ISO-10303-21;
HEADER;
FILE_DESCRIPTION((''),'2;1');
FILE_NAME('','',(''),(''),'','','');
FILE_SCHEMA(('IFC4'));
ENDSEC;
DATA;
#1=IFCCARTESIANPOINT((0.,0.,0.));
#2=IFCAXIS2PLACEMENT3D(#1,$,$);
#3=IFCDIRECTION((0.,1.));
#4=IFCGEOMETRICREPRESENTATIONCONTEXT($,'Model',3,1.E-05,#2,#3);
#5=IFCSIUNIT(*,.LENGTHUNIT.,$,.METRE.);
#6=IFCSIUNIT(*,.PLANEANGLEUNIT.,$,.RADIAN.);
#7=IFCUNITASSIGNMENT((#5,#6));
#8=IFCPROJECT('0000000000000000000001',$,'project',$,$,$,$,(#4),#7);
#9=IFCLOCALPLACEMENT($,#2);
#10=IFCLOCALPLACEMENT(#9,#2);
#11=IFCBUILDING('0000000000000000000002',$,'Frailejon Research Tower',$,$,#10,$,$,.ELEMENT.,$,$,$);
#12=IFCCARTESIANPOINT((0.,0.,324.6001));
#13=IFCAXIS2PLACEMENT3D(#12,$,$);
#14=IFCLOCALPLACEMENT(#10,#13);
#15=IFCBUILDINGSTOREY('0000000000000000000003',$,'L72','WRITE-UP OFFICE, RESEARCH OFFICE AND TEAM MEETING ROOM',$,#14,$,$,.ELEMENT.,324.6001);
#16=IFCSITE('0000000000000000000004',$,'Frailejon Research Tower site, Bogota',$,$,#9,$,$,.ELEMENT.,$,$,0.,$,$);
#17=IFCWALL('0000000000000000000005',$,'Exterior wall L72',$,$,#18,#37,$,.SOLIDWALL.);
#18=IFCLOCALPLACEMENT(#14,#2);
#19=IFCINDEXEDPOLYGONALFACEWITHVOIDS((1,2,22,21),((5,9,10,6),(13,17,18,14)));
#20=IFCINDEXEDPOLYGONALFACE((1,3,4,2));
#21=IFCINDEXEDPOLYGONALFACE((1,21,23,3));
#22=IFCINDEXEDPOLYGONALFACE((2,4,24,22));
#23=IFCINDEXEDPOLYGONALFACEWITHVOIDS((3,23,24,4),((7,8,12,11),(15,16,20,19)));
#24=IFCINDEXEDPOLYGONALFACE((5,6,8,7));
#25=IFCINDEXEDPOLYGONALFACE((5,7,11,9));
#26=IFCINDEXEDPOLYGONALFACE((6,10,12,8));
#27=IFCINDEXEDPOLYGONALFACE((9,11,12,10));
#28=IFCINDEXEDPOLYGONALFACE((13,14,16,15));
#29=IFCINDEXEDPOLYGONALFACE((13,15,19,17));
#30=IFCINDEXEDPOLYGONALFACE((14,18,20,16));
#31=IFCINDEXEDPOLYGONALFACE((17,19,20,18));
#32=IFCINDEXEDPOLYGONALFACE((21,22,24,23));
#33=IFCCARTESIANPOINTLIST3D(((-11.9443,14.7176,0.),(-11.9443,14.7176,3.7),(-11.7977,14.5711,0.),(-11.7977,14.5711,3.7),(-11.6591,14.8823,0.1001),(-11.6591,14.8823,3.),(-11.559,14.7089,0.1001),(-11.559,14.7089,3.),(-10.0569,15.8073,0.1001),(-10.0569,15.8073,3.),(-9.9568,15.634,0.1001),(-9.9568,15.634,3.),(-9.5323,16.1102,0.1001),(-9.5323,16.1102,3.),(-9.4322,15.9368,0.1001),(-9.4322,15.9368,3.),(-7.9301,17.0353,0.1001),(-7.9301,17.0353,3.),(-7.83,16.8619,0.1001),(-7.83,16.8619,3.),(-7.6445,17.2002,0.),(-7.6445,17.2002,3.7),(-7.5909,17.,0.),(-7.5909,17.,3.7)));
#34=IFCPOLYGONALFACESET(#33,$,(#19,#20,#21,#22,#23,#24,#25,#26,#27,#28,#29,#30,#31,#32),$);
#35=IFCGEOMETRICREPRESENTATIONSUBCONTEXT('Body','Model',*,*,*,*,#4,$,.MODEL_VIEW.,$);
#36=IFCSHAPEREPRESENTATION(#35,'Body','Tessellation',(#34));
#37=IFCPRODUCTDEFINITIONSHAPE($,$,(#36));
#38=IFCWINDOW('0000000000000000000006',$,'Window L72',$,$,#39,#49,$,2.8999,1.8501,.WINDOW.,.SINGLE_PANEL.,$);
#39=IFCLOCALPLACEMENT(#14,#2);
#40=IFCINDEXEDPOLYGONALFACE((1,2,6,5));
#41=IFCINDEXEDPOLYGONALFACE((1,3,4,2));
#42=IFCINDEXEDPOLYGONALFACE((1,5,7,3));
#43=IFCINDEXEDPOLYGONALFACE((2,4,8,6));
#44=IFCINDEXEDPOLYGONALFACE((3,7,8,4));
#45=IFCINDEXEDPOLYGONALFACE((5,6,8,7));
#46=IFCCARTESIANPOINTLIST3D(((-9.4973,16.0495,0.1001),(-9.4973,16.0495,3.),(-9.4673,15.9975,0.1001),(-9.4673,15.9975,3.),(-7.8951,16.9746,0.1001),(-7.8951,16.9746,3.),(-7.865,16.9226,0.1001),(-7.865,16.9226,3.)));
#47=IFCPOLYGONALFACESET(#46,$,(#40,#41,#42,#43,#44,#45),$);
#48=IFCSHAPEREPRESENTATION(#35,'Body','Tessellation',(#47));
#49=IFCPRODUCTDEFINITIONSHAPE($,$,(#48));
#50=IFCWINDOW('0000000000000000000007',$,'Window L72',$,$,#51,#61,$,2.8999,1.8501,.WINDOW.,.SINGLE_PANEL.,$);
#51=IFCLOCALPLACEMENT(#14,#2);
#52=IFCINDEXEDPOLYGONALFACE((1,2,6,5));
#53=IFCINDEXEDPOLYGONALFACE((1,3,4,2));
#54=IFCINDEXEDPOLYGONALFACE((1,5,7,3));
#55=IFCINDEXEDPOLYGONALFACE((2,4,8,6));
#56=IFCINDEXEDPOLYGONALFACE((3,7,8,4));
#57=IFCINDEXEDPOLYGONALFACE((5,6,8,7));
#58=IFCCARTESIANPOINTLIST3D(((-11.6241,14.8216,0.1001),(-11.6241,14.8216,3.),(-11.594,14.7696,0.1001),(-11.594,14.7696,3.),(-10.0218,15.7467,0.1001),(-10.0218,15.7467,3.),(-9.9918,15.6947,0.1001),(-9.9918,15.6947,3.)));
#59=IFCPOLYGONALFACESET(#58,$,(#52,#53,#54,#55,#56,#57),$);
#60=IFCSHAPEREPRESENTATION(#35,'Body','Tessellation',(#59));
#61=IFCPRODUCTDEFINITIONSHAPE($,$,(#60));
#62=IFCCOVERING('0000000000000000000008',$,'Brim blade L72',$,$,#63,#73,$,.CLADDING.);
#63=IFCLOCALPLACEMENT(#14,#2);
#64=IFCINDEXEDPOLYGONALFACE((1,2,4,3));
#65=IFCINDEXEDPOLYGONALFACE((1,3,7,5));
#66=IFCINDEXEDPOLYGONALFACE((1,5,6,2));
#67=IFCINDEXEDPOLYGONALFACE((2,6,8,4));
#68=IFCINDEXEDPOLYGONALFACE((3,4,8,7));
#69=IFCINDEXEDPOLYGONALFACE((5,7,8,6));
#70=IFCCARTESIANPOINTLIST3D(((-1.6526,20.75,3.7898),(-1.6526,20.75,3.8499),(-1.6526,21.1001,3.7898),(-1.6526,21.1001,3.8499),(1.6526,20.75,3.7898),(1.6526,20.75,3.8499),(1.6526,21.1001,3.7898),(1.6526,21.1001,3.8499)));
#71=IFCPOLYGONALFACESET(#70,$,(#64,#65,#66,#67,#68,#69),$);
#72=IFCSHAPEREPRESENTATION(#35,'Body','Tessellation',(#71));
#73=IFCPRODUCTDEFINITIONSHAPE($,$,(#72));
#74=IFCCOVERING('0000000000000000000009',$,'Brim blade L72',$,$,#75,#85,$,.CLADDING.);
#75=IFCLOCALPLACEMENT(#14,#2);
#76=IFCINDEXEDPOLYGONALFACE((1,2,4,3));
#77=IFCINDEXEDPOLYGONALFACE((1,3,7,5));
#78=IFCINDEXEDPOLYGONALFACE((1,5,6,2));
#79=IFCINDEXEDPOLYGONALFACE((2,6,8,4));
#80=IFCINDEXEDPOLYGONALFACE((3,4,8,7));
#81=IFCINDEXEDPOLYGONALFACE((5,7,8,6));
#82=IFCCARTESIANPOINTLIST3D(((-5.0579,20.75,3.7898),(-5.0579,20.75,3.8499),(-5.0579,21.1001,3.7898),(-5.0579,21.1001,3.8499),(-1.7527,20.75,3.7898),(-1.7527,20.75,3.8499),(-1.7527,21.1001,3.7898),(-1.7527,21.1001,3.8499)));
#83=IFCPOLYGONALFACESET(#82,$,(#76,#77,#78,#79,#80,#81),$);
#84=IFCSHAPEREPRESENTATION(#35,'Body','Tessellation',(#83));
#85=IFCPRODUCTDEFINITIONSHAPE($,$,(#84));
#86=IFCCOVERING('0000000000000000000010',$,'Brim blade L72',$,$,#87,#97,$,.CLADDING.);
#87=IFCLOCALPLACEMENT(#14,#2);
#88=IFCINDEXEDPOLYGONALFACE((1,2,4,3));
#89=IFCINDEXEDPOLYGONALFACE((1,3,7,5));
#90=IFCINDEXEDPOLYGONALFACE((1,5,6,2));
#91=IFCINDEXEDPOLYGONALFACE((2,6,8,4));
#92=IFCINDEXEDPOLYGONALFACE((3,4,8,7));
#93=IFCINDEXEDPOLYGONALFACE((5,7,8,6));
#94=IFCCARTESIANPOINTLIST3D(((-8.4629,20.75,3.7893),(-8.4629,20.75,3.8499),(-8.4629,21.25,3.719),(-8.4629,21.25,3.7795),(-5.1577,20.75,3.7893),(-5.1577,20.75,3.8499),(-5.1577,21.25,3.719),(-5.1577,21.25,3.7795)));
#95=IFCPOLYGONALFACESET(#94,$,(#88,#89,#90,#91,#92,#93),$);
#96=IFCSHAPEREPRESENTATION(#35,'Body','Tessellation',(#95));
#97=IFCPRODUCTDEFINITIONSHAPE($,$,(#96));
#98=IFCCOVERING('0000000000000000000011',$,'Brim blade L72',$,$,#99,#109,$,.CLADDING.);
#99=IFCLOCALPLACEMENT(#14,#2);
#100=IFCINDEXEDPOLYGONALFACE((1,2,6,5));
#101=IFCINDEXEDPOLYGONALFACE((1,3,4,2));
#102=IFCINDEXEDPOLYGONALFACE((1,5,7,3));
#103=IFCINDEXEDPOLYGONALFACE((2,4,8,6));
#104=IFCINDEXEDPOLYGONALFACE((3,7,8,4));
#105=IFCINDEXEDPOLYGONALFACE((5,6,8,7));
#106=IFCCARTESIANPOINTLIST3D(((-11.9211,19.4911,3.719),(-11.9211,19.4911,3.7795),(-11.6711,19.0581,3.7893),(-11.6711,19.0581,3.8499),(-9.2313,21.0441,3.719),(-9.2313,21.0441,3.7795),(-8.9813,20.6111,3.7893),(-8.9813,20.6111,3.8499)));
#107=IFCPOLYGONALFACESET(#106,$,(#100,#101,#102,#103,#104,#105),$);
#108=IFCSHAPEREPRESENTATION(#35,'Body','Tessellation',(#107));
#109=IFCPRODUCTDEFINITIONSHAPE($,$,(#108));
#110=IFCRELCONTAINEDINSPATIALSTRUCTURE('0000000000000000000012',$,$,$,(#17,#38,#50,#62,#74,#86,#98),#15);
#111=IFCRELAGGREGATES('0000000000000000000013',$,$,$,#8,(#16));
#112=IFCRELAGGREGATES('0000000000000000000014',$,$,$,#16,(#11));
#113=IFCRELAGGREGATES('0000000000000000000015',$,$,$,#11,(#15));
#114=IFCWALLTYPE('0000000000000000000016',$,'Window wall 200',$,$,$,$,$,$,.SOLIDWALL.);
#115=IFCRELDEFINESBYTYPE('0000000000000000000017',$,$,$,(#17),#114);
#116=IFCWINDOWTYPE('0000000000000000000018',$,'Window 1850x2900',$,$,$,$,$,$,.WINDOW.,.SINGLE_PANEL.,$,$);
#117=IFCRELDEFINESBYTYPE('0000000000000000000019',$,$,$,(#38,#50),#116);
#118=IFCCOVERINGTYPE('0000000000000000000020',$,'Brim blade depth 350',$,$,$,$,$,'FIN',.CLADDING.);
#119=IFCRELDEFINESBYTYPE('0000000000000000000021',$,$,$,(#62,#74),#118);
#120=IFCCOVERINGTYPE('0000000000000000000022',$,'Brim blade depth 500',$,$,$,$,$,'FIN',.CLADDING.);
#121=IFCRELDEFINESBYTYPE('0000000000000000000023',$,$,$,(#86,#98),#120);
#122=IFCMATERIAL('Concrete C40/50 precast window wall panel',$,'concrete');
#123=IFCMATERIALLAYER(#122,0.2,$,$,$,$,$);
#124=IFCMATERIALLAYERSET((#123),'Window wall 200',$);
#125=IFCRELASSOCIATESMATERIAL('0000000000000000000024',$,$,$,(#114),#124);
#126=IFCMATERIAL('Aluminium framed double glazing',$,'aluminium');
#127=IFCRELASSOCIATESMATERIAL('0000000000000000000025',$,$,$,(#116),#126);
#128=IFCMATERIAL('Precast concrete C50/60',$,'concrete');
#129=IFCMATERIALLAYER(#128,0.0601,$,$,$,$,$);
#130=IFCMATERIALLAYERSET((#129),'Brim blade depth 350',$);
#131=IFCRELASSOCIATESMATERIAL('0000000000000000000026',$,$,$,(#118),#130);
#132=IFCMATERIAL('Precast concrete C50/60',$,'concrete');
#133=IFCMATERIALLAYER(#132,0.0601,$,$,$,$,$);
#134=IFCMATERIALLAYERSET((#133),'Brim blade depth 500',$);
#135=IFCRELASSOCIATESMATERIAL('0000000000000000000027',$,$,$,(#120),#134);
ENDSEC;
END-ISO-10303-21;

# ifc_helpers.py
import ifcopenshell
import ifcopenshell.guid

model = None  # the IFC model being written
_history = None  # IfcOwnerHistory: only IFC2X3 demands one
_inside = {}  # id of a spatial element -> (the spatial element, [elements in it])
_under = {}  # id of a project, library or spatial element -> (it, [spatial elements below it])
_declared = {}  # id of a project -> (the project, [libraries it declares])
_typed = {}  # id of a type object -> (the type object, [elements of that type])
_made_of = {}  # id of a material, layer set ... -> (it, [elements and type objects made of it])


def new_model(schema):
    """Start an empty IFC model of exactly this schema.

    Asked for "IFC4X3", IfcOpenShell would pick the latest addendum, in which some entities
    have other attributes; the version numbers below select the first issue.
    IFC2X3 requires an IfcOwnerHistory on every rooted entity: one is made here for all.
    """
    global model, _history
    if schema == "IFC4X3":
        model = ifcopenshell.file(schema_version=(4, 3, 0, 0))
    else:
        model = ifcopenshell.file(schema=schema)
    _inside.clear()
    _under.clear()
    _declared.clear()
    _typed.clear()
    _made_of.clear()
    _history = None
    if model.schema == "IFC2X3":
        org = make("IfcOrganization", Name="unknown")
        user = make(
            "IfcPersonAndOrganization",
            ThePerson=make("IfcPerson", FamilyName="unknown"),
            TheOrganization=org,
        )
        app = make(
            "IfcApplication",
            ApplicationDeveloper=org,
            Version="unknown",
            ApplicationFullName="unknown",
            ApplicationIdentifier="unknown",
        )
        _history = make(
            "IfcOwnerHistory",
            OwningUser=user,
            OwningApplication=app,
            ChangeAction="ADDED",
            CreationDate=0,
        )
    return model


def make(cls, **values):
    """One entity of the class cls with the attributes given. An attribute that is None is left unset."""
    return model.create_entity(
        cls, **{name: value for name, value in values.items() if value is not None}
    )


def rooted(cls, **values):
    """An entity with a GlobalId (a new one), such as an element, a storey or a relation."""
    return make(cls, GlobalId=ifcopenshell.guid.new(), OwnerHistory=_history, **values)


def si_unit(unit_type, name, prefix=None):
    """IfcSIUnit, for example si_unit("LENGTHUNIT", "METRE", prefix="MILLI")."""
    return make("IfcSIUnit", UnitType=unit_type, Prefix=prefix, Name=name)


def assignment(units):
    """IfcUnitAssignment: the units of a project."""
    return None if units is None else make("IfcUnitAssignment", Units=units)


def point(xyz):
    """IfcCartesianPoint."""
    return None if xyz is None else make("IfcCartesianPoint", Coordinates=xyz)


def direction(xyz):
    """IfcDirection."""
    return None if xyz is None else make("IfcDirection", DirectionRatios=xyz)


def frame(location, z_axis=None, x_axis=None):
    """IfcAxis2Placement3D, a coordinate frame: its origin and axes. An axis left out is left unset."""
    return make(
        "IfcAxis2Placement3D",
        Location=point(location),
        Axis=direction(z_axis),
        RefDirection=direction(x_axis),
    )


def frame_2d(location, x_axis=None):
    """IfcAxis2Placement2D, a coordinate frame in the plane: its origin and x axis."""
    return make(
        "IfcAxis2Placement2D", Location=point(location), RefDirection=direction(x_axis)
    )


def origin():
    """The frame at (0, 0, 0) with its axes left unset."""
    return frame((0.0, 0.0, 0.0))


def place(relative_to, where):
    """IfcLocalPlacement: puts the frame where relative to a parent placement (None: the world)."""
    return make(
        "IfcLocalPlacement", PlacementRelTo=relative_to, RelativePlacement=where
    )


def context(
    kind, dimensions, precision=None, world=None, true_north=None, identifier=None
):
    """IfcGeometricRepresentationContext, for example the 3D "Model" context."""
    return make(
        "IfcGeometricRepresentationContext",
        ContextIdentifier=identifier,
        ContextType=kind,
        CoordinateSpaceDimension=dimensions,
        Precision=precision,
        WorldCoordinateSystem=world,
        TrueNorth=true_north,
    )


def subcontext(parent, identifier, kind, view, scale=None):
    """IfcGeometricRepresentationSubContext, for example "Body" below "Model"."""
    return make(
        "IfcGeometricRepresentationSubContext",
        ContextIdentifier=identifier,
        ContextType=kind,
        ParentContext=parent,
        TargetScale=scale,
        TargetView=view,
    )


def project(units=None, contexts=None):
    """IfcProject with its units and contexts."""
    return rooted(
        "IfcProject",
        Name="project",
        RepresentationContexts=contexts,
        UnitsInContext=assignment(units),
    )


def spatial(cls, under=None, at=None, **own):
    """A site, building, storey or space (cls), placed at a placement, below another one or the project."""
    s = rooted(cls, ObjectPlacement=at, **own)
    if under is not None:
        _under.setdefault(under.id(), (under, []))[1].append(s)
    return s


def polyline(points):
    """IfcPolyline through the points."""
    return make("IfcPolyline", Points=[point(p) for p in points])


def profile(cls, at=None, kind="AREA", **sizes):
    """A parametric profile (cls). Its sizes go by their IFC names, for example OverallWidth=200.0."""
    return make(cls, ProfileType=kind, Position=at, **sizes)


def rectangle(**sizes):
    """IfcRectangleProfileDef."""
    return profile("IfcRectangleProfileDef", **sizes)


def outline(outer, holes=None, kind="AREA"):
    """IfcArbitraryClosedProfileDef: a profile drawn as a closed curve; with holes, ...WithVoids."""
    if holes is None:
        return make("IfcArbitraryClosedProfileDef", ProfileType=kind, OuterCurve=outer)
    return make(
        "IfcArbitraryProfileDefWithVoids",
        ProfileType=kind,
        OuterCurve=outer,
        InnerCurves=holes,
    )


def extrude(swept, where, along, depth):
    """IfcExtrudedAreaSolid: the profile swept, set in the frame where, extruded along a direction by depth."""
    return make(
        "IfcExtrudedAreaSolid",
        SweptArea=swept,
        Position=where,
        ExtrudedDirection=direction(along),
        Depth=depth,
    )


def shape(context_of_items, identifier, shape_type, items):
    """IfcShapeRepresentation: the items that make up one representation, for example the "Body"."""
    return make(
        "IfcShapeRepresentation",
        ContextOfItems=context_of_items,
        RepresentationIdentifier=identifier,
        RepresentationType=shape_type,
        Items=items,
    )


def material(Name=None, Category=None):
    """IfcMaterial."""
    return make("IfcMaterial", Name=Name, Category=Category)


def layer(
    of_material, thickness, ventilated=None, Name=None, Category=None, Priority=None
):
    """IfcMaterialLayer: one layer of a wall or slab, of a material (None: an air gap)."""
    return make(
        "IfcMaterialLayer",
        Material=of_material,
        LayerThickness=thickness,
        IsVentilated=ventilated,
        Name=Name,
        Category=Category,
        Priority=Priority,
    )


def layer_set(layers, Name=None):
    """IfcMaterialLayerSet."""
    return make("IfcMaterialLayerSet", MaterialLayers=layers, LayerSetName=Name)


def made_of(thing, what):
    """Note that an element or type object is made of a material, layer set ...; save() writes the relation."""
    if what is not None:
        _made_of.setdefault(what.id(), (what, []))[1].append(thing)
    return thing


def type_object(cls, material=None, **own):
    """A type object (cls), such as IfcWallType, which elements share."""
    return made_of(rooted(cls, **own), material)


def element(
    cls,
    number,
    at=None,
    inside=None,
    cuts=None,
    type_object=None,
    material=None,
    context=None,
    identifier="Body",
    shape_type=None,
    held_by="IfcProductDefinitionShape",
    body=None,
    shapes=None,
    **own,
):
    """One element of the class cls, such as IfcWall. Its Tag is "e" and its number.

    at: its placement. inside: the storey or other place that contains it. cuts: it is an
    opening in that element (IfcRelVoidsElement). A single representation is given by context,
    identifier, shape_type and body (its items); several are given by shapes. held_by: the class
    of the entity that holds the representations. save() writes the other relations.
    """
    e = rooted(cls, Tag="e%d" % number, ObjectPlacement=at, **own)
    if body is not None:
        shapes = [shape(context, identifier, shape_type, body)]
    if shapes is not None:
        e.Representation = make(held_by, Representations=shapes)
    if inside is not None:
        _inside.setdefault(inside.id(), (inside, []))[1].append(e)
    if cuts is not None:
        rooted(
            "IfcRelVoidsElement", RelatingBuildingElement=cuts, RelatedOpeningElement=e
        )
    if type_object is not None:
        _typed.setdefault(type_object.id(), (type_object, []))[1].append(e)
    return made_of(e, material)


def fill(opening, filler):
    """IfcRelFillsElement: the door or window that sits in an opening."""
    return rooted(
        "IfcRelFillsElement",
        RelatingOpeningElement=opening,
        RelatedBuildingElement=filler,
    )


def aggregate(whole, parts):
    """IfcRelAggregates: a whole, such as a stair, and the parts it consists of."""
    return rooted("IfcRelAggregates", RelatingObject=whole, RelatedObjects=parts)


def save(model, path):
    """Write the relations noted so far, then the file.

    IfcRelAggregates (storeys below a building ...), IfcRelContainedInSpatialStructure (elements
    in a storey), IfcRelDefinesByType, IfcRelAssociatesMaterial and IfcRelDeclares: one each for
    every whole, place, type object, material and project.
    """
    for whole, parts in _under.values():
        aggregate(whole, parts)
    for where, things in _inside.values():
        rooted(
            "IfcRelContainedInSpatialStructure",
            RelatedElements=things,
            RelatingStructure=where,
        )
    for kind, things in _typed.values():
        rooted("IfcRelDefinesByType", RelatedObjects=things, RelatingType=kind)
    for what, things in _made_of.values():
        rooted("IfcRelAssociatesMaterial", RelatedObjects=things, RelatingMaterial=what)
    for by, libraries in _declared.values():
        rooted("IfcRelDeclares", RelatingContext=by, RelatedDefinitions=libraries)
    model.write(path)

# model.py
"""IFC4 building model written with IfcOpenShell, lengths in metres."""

from ifc_helpers import new_model, si_unit, direction, frame, frame_2d, origin, place, context, subcontext, project, spatial, polyline, rectangle, outline, extrude, material, layer, layer_set, type_object, element, fill, save


model = new_model("IFC4")

# Units and contexts
model_context = context("Model", 3, precision=1e-05, world=origin(), true_north=direction((0.0, 1.0)))
body_context = subcontext(model_context, "Body", "Model", "MODEL_VIEW")
ifc_project = project(units=[si_unit("LENGTHUNIT", "METRE"), si_unit("PLANEANGLEUNIT", "RADIAN")], contexts=[model_context])

# Site, building, storey
site_placement = place(None, origin())
site = spatial("IfcSite", under=ifc_project, at=site_placement, Name="Frailejon Research Tower site, Bogota", CompositionType="ELEMENT", RefElevation=0.0)
building_placement = place(site_placement, origin())
building = spatial("IfcBuilding", under=site, at=building_placement, Name="Frailejon Research Tower", CompositionType="ELEMENT")
storey_placement = place(building_placement, frame((0.0, 0.0, 324.6001)))
storey = spatial("IfcBuildingStorey", under=building, at=storey_placement, Name="L72", Description="WRITE-UP OFFICE, RESEARCH OFFICE AND TEAM MEETING ROOM", CompositionType="ELEMENT", Elevation=324.6001)

# Wall, openings, windows
ifc_material_1 = material(Name="Concrete C40/50 precast window wall panel", Category="concrete")
ifc_layer_1 = layer(ifc_material_1, 0.2)
ifc_layer_set_1 = layer_set([ifc_layer_1], Name="Window wall 200")
wall_type = type_object("IfcWallType", Name="Window wall 200", PredefinedType="SOLIDWALL", material=ifc_layer_set_1)
wall_placement = place(storey_placement, frame((-7.6177, 17.1001, 0.0), z_axis=(0.0, 0.0, 1.0), x_axis=(-0.866017, -0.500015, 0.0)))
wall = element("IfcWall", 1, at=wall_placement, inside=storey, type_object=wall_type, Name="Exterior wall L72", PredefinedType="SOLIDWALL", context=body_context, shape_type="SweptSolid", body=[
    extrude(outline(polyline([(-0.0269, -0.1001), (1.2144, -0.1001), (2.4556, -0.1001), (3.697, -0.1001), (4.9382, -0.1001), (4.8845, 0.1001), (3.6702, 0.1001), (2.4556, 0.1001), (1.2412, 0.1001), (0.0269, 0.1001), (-0.0269, -0.1001)])), origin(), (0.0, 0.0, 1.0), 3.7),
])
opening_1_placement = place(wall_placement, frame((0.303, 0.0, 0.1001)))
opening_1 = element("IfcOpeningElement", 2, at=opening_1_placement, cuts=wall, PredefinedType="OPENING", context=body_context, shape_type="SweptSolid", body=[
    extrude(rectangle(XDim=1.8501, YDim=2.8999, at=frame_2d((0.925, 1.45))), frame((0.0, 0.1099, 0.0), z_axis=(0.0, -1.0, 0.0), x_axis=(1.0, 0.0, 0.0)), (0.0, 0.0, 1.0), 0.22),
])
opening_2_placement = place(wall_placement, frame((2.7588, 0.0, 0.1001)))
opening_2 = element("IfcOpeningElement", 3, at=opening_2_placement, cuts=wall, PredefinedType="OPENING", context=body_context, shape_type="SweptSolid", body=[
    extrude(rectangle(XDim=1.8501, YDim=2.8999, at=frame_2d((0.925, 1.45))), frame((0.0, 0.1099, 0.0), z_axis=(0.0, -1.0, 0.0), x_axis=(1.0, 0.0, 0.0)), (0.0, 0.0, 1.0), 0.22),
])
ifc_material_2 = material(Name="Aluminium framed double glazing", Category="aluminium")
window_type = type_object("IfcWindowType", Name="Window 1850x2900", PartitioningType="SINGLE_PANEL", PredefinedType="WINDOW", material=ifc_material_2)
window_1_placement = place(opening_1_placement, origin())
window_1 = element("IfcWindow", 4, at=window_1_placement, inside=storey, type_object=window_type, Name="Window L72", OverallHeight=2.8999, OverallWidth=1.8501, PartitioningType="SINGLE_PANEL", PredefinedType="WINDOW", context=body_context, shape_type="SweptSolid", body=[
    extrude(rectangle(XDim=1.8501, YDim=2.8999, at=frame_2d((0.925, 1.45))), frame((0.0, 0.03, 0.0), z_axis=(0.0, -1.0, 0.0), x_axis=(1.0, 0.0, 0.0)), (0.0, 0.0, 1.0), 0.0601),
])
fill(opening_1, window_1)
window_2_placement = place(opening_2_placement, origin())
window_2 = element("IfcWindow", 5, at=window_2_placement, inside=storey, type_object=window_type, Name="Window L72", OverallHeight=2.8999, OverallWidth=1.8501, PartitioningType="SINGLE_PANEL", PredefinedType="WINDOW", context=body_context, shape_type="SweptSolid", body=[
    extrude(rectangle(XDim=1.8501, YDim=2.8999, at=frame_2d((0.925, 1.45))), frame((0.0, 0.03, 0.0), z_axis=(0.0, -1.0, 0.0), x_axis=(1.0, 0.0, 0.0)), (0.0, 0.0, 1.0), 0.0601),
])
fill(opening_2, window_2)

# Coverings
ifc_material_3 = material(Name="Precast concrete C50/60", Category="concrete")
ifc_layer_2 = layer(ifc_material_3, 0.0601)
ifc_layer_set_2 = layer_set([ifc_layer_2], Name="Brim blade depth 350")
covering_type_1 = type_object("IfcCoveringType", Name="Brim blade depth 350", ElementType="FIN", PredefinedType="CLADDING", material=ifc_layer_set_2)
for number, where, z_axis, x_axis, name in (
    (6, (-1.6526, 20.75, 3.8499), (1.0, 0.0, 0.0), (0.0, 1.0, 0.0), "Brim blade L72"),
    (7, (-5.0579, 20.75, 3.8499), (1.0, 0.0, 0.0), (0.0, 1.0, 0.0), "Brim blade L72"),
):
    element("IfcCovering", number, at=place(storey_placement, frame(where, z_axis=z_axis, x_axis=x_axis)), inside=storey, type_object=covering_type_1, Name=name, PredefinedType="CLADDING", context=body_context, shape_type="SweptSolid", body=[
        extrude(outline(polyline([(0.0, -0.0601), (0.3501, -0.0601), (0.3501, 0.0), (0.0, 0.0), (0.0, -0.0601)])), origin(), (0.0, 0.0, 1.0), 3.3052),
    ])
ifc_material_4 = material(Name="Precast concrete C50/60", Category="concrete")
ifc_layer_3 = layer(ifc_material_4, 0.0601)
ifc_layer_set_3 = layer_set([ifc_layer_3], Name="Brim blade depth 500")
covering_type_2 = type_object("IfcCoveringType", Name="Brim blade depth 500", ElementType="FIN", PredefinedType="CLADDING", material=ifc_layer_set_3)
covering_1_placement = place(storey_placement, frame((-8.4629, 20.75, 3.8499), z_axis=(1.0, 0.0, 0.0), x_axis=(0.0, 1.0, 0.0)))
element("IfcCovering", 8, at=covering_1_placement, inside=storey, type_object=covering_type_2, Name="Brim blade L72", PredefinedType="CLADDING", context=body_context, shape_type="SweptSolid", body=[
    extrude(outline(polyline([(0.0, -0.0605), (0.5, -0.1309), (0.5, -0.0703), (0.0, 0.0), (0.0, -0.0605)])), origin(), (0.0, 0.0, 1.0), 3.3052),
])
covering_2_placement = place(storey_placement, frame((-11.6711, 19.0581, 3.8499), z_axis=(0.866027, 0.499997, 0.0), x_axis=(-0.499997, 0.866027, 0.0)))
element("IfcCovering", 9, at=covering_2_placement, inside=storey, type_object=covering_type_2, Name="Brim blade L72", PredefinedType="CLADDING", context=body_context, shape_type="SweptSolid", body=[
    extrude(outline(polyline([(0.0, -0.0605), (0.5, -0.1309), (0.5, -0.0703), (0.0, 0.0), (0.0, -0.0605)])), origin(), (0.0, 0.0, 1.0), 3.106),
])

save(model, "model.ifc")
